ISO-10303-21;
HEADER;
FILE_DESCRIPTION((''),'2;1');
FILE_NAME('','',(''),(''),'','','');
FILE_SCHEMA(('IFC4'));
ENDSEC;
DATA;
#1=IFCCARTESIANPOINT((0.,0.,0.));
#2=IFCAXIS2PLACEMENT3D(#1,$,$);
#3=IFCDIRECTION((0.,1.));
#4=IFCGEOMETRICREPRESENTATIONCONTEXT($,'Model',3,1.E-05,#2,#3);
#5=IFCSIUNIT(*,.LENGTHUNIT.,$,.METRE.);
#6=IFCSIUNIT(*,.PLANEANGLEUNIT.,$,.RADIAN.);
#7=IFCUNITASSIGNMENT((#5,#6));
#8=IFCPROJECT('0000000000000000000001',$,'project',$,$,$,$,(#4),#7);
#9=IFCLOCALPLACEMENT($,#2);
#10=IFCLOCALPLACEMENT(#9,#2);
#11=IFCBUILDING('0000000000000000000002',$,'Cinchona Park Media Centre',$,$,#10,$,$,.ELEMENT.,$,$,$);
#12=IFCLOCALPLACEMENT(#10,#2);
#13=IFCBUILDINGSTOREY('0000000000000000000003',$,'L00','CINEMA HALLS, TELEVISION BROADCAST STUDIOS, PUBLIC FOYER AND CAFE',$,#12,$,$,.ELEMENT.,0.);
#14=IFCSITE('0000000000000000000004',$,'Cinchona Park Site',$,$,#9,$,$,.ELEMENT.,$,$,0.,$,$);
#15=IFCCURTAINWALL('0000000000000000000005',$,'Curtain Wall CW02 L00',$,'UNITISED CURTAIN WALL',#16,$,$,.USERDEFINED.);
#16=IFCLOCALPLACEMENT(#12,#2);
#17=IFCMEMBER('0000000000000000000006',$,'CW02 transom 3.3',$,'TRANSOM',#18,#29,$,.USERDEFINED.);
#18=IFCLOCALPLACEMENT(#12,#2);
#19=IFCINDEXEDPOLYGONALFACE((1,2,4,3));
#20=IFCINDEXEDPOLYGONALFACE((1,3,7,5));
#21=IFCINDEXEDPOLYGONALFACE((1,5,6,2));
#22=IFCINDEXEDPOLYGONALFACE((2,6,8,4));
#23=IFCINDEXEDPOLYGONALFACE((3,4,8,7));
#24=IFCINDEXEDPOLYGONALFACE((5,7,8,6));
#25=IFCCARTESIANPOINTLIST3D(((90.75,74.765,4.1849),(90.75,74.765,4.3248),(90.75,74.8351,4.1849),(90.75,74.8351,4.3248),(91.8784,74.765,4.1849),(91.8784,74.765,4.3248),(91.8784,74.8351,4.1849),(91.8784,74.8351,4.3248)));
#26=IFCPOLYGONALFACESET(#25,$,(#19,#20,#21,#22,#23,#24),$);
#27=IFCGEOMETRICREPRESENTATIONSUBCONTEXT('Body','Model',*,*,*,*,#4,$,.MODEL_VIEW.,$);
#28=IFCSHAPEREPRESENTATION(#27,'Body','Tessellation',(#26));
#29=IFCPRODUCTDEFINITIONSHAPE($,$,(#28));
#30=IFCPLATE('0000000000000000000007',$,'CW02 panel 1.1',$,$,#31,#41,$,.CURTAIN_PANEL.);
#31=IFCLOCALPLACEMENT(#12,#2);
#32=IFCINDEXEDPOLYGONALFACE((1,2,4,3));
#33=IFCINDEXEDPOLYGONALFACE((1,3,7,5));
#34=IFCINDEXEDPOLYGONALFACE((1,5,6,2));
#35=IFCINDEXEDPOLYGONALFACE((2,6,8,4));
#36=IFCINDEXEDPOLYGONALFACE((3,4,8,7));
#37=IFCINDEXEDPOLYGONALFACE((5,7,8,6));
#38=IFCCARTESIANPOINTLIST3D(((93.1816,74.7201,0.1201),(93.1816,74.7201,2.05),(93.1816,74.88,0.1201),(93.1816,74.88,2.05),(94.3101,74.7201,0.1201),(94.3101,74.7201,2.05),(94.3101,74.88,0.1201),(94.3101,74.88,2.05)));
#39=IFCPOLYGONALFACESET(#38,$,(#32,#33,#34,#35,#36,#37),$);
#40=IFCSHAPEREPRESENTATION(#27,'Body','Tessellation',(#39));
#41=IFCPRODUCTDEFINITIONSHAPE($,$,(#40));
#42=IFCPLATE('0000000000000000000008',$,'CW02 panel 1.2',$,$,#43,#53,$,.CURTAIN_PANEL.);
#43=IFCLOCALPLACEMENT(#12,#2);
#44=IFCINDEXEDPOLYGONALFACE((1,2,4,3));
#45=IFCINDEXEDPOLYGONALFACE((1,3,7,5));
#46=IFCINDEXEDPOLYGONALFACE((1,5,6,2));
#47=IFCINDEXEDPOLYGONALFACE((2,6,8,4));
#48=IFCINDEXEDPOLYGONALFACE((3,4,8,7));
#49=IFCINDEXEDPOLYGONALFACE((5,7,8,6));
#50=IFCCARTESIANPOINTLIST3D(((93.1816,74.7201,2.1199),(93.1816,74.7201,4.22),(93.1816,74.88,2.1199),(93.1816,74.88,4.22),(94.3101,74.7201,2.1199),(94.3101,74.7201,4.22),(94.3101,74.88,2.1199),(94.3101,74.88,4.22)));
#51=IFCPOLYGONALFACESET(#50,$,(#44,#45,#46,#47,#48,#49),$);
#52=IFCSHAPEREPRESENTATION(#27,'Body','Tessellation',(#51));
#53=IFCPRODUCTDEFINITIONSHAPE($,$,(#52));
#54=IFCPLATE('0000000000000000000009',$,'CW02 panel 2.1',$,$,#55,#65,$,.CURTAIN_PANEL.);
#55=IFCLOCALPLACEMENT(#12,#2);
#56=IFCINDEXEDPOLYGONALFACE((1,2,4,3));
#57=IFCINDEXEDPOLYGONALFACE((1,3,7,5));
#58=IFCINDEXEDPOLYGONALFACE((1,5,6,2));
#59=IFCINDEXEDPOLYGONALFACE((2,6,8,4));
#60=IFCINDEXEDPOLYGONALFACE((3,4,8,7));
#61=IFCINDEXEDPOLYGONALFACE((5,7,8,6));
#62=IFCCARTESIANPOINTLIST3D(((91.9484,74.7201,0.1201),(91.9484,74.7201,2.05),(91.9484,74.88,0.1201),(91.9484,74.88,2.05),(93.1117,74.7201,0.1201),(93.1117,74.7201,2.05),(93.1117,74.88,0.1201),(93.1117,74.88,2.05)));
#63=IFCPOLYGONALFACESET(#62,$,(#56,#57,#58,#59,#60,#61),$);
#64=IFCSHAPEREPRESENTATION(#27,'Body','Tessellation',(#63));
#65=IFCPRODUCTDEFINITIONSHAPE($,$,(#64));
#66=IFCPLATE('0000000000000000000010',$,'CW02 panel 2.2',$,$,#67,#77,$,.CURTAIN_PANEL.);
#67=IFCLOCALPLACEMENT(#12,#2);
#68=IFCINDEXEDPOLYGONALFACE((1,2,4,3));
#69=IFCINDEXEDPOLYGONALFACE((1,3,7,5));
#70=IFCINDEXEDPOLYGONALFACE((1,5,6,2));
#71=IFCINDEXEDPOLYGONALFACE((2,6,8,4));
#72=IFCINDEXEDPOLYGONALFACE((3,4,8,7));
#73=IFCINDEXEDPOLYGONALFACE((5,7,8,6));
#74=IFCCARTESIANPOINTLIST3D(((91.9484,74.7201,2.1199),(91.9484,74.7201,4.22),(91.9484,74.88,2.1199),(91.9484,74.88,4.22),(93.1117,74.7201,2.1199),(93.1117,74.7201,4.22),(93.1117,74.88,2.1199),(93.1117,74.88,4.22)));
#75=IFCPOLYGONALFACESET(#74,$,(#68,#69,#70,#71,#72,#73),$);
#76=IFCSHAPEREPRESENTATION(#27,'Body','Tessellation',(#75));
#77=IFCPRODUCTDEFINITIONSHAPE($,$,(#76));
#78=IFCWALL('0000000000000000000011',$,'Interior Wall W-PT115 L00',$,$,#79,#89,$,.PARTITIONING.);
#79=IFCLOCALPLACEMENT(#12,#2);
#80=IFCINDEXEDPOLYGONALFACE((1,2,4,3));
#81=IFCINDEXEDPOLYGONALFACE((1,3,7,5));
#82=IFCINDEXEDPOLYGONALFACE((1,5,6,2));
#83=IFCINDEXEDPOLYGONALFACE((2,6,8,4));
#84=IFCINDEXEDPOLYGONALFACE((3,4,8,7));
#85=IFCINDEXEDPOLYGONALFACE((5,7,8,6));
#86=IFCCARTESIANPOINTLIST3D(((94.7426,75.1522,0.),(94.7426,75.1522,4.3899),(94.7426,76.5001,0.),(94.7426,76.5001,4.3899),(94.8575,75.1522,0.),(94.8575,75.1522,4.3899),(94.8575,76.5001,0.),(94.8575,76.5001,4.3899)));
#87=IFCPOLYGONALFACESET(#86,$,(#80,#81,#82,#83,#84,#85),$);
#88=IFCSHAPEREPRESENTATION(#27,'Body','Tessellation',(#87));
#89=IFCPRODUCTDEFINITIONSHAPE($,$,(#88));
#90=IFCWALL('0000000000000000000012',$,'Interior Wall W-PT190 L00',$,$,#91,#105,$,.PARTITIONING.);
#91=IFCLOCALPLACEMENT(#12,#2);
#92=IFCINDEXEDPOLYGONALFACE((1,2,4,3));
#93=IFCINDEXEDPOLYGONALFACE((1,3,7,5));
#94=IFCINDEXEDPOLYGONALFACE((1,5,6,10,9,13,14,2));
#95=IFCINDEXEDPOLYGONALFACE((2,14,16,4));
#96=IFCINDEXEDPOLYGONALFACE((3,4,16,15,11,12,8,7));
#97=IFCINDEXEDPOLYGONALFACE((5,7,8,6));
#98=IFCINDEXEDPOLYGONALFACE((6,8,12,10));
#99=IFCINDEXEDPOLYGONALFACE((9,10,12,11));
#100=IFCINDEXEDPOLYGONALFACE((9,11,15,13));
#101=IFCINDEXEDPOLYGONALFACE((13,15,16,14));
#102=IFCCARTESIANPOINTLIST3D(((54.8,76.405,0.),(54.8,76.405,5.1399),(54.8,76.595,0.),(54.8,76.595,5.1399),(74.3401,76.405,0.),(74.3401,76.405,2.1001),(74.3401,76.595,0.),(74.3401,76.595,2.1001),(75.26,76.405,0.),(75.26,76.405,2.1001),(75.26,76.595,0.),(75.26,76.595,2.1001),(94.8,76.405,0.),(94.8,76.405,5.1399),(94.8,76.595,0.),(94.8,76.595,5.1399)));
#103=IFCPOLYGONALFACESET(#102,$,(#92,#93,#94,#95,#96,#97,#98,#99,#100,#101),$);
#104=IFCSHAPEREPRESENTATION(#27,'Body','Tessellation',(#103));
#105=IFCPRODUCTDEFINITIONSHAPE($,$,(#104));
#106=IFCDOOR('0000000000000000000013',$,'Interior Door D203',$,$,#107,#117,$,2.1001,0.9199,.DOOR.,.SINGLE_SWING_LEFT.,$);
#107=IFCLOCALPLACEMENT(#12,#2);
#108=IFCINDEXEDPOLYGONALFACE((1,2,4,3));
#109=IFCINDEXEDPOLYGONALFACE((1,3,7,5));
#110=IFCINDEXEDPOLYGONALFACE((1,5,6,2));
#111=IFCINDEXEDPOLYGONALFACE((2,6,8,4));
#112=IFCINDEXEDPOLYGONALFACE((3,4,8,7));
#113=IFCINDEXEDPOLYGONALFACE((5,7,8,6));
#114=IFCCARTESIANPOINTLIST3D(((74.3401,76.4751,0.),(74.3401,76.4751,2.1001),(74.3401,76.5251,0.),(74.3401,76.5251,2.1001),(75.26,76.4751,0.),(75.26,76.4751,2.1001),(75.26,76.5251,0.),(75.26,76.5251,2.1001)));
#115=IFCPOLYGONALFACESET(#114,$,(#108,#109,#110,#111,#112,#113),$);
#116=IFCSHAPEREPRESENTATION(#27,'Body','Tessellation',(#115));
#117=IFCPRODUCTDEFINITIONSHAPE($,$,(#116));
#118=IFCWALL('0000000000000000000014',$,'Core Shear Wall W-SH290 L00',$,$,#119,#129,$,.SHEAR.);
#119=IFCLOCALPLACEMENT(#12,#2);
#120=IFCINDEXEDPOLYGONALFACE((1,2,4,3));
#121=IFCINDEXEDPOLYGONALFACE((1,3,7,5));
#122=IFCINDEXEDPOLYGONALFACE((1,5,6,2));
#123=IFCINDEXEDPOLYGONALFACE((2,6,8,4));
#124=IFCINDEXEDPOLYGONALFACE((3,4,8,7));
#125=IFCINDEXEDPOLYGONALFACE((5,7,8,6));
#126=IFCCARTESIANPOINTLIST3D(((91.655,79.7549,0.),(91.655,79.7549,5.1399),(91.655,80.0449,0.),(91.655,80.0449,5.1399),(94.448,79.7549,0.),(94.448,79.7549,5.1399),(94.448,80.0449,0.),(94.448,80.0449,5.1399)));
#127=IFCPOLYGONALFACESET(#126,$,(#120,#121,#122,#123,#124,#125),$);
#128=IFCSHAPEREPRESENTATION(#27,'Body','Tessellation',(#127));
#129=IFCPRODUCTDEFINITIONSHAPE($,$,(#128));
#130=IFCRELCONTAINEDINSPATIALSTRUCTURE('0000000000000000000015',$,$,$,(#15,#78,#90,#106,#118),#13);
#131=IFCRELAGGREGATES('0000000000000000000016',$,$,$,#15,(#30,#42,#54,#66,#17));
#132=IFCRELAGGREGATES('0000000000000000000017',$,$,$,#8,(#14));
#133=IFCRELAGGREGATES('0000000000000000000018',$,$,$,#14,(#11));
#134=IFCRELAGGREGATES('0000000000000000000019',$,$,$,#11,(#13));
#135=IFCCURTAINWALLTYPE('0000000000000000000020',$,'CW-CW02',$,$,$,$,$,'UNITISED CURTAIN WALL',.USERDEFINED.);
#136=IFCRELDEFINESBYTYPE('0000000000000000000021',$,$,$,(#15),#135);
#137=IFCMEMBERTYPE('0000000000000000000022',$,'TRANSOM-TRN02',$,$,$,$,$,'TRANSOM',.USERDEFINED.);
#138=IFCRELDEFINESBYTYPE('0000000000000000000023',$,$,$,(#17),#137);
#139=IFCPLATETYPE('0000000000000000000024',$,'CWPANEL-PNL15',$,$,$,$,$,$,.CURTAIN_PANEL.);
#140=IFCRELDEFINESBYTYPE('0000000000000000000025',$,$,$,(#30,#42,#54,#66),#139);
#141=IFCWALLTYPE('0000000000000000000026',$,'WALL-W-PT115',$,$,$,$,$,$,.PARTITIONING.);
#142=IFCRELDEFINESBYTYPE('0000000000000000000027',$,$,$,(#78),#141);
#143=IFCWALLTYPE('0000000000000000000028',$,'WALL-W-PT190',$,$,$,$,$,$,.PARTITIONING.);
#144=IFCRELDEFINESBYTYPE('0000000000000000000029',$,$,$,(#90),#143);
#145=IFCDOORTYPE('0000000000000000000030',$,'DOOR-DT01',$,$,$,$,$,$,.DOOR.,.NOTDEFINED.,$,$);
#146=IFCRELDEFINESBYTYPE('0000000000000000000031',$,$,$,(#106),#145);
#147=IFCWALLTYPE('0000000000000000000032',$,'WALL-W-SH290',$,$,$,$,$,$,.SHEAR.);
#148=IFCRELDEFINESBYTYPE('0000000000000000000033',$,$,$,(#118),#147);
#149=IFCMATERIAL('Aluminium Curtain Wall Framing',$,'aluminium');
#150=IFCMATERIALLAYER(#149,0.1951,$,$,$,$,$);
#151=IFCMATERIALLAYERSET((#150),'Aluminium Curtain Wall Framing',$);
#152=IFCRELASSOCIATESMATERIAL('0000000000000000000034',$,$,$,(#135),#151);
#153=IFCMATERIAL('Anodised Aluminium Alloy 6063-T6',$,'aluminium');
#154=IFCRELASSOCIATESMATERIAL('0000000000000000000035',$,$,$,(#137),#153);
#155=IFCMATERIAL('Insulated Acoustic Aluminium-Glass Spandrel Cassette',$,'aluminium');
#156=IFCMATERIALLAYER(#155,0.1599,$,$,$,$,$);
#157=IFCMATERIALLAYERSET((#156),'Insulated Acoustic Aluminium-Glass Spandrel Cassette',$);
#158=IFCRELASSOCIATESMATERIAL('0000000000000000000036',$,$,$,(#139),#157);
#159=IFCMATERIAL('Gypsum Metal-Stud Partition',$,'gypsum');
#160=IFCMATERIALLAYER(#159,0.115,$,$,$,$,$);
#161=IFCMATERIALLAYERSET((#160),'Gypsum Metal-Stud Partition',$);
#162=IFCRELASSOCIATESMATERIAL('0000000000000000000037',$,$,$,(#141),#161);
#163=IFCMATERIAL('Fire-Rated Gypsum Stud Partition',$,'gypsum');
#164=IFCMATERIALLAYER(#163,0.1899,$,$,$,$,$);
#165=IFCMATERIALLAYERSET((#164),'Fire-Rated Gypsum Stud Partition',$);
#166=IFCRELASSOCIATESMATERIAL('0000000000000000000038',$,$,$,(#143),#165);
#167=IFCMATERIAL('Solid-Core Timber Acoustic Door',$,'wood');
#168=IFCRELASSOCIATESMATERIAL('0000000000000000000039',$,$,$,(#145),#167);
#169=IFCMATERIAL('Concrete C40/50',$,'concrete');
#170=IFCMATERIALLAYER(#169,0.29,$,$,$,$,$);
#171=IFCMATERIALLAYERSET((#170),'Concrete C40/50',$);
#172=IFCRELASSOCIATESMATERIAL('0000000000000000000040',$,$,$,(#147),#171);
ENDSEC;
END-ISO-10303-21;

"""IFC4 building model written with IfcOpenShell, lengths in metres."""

from ifc_helpers import new_model, si_unit, direction, frame, frame_2d, origin, origin_2d, place, context, subcontext, project, spatial, rectangle, extrude, material, layer, layer_set, material_profile, profile_set, type_object, element, fill, aggregate, save


model = new_model("IFC4")

# Units and contexts
model_context = context("Model", 3, precision=1e-05, world=origin(), true_north=direction((0.0, 1.0)))
body_context = subcontext(model_context, "Body", "Model", "MODEL_VIEW")
ifc_project = project(units=[si_unit("LENGTHUNIT", "METRE"), si_unit("PLANEANGLEUNIT", "RADIAN")], contexts=[model_context])

# Site, building, storey
site_placement = place(None, origin())
site = spatial("IfcSite", under=ifc_project, at=site_placement, Name="Cinchona Park Site", CompositionType="ELEMENT", RefElevation=0.0)
building_placement = place(site_placement, origin())
building = spatial("IfcBuilding", under=site, at=building_placement, Name="Cinchona Park Media Centre", CompositionType="ELEMENT")
storey_placement = place(building_placement, origin())
storey = spatial("IfcBuildingStorey", under=building, at=storey_placement, Name="L00", Description="CINEMA HALLS, TELEVISION BROADCAST STUDIOS, PUBLIC FOYER AND CAFE", CompositionType="ELEMENT", Elevation=0.0)

# Curtain wall, member, plates
ifc_material_1 = material(Name="Aluminium Curtain Wall Framing", Category="aluminium")
ifc_layer_1 = layer(ifc_material_1, 0.1951)
ifc_layer_set_1 = layer_set([ifc_layer_1], Name="Aluminium Curtain Wall Framing")
curtain_wall_type = type_object("IfcCurtainWallType", Name="CW-CW02", ElementType="UNITISED CURTAIN WALL", PredefinedType="USERDEFINED", material=ifc_layer_set_1)
curtain_wall_placement = place(storey_placement, origin())
curtain_wall = element("IfcCurtainWall", 1, at=curtain_wall_placement, inside=storey, type_object=curtain_wall_type, Name="Curtain Wall CW02 L00", ObjectType="UNITISED CURTAIN WALL", PredefinedType="USERDEFINED")
ifc_material_2 = material(Name="Anodised Aluminium Alloy 6063-T6", Category="aluminium")
ifc_material_profile_1 = material_profile(ifc_material_2, rectangle(XDim=0.0701, YDim=0.1399, at=origin_2d()), Name="TRN-70X140")
ifc_profile_set_1 = profile_set([ifc_material_profile_1], Name="Anodised Aluminium Alloy 6063-T6")
member_type_1 = type_object("IfcMemberType", Name="TRANSOM-TRN02", ElementType="TRANSOM", PredefinedType="USERDEFINED", material=ifc_profile_set_1)
member_1_placement = place(storey_placement, frame((91.8784, 74.8, 4.2549), z_axis=(-1.0, 0.0, 0.0), x_axis=(0.0, -1.0, 0.0)))
member_1 = element("IfcMember", 2, at=member_1_placement, type_object=member_type_1, Name="CW02 transom 3.3", ObjectType="TRANSOM", PredefinedType="USERDEFINED", context=body_context, shape_type="SweptSolid", body=[
    extrude(rectangle(XDim=0.0701, YDim=0.1399, at=origin_2d()), origin(), (0.0, 0.0, 1.0), 1.1284),
])
ifc_material_3 = material(Name="Insulated Acoustic Aluminium-Glass Spandrel Cassette", Category="aluminium")
ifc_layer_2 = layer(ifc_material_3, 0.1599)
ifc_layer_set_2 = layer_set([ifc_layer_2], Name="Insulated Acoustic Aluminium-Glass Spandrel Cassette")
plate_type = type_object("IfcPlateType", Name="CWPANEL-PNL15", PredefinedType="CURTAIN_PANEL", material=ifc_layer_set_2)
plate_1_placement = place(storey_placement, frame((93.7458, 74.8, 0.1201), z_axis=(0.0, 0.0, 1.0), x_axis=(-1.0, 0.0, 0.0)))
plate_1 = element("IfcPlate", 3, at=plate_1_placement, type_object=plate_type, Name="CW02 panel 1.1", PredefinedType="CURTAIN_PANEL", context=body_context, shape_type="SweptSolid", body=[
    extrude(rectangle(XDim=1.1284, YDim=0.1599, at=origin_2d()), origin(), (0.0, 0.0, 1.0), 1.9299),
])
plate_2_placement = place(storey_placement, frame((93.7458, 74.8, 2.1199), z_axis=(0.0, 0.0, 1.0), x_axis=(-1.0, 0.0, 0.0)))
plate_2 = element("IfcPlate", 4, at=plate_2_placement, type_object=plate_type, Name="CW02 panel 1.2", PredefinedType="CURTAIN_PANEL", context=body_context, shape_type="SweptSolid", body=[
    extrude(rectangle(XDim=1.1284, YDim=0.1599, at=origin_2d()), origin(), (0.0, 0.0, 1.0), 2.1001),
])
plate_3_placement = place(storey_placement, frame((92.53, 74.8, 0.1201), z_axis=(0.0, 0.0, 1.0), x_axis=(-1.0, 0.0, 0.0)))
plate_3 = element("IfcPlate", 5, at=plate_3_placement, type_object=plate_type, Name="CW02 panel 2.1", PredefinedType="CURTAIN_PANEL", context=body_context, shape_type="SweptSolid", body=[
    extrude(rectangle(XDim=1.1633, YDim=0.1599, at=origin_2d()), origin(), (0.0, 0.0, 1.0), 1.9299),
])
plate_4_placement = place(storey_placement, frame((92.53, 74.8, 2.1199), z_axis=(0.0, 0.0, 1.0), x_axis=(-1.0, 0.0, 0.0)))
plate_4 = element("IfcPlate", 6, at=plate_4_placement, type_object=plate_type, Name="CW02 panel 2.2", PredefinedType="CURTAIN_PANEL", context=body_context, shape_type="SweptSolid", body=[
    extrude(rectangle(XDim=1.1633, YDim=0.1599, at=origin_2d()), origin(), (0.0, 0.0, 1.0), 2.1001),
])
aggregate(curtain_wall, [plate_1, plate_2, plate_3, plate_4, member_1])

# Wall
ifc_material_4 = material(Name="Gypsum Metal-Stud Partition", Category="gypsum")
ifc_layer_3 = layer(ifc_material_4, 0.115)
ifc_layer_set_3 = layer_set([ifc_layer_3], Name="Gypsum Metal-Stud Partition")
wall_type_1 = type_object("IfcWallType", Name="WALL-W-PT115", PredefinedType="PARTITIONING", material=ifc_layer_set_3)
wall_1_placement = place(storey_placement, frame((94.8, 76.5, 0.0), z_axis=(0.0, 0.0, 1.0), x_axis=(0.0, -1.0, 0.0)))
element("IfcWall", 7, at=wall_1_placement, inside=storey, type_object=wall_type_1, Name="Interior Wall W-PT115 L00", PredefinedType="PARTITIONING", context=body_context, shape_type="SweptSolid", body=[
    extrude(rectangle(XDim=1.3479, YDim=0.115, at=frame_2d((0.6738, 0.0))), origin(), (0.0, 0.0, 1.0), 4.3899),
])

# Wall, opening, door
ifc_material_5 = material(Name="Fire-Rated Gypsum Stud Partition", Category="gypsum")
ifc_layer_4 = layer(ifc_material_5, 0.1899)
ifc_layer_set_4 = layer_set([ifc_layer_4], Name="Fire-Rated Gypsum Stud Partition")
wall_type_2 = type_object("IfcWallType", Name="WALL-W-PT190", PredefinedType="PARTITIONING", material=ifc_layer_set_4)
wall_2_placement = place(storey_placement, frame((94.8, 76.5, 0.0), z_axis=(0.0, 0.0, 1.0), x_axis=(-1.0, 0.0, 0.0)))
wall_2 = element("IfcWall", 8, at=wall_2_placement, inside=storey, type_object=wall_type_2, Name="Interior Wall W-PT190 L00", PredefinedType="PARTITIONING", context=body_context, shape_type="SweptSolid", body=[
    extrude(rectangle(XDim=40.0, YDim=0.1899, at=frame_2d((20.0, 0.0))), origin(), (0.0, 0.0, 1.0), 5.1399),
])
opening_placement = place(wall_2_placement, frame((19.54, 0.0, 0.0)))
opening = element("IfcOpeningElement", 9, at=opening_placement, cuts=wall_2, PredefinedType="OPENING", context=body_context, shape_type="SweptSolid", body=[
    extrude(rectangle(XDim=0.9199, YDim=2.1001, at=frame_2d((0.46, 1.05))), frame((0.0, 0.105, 0.0), z_axis=(0.0, -1.0, 0.0), x_axis=(1.0, 0.0, 0.0)), (0.0, 0.0, 1.0), 0.21),
])
ifc_material_6 = material(Name="Solid-Core Timber Acoustic Door", Category="wood")
door_type = type_object("IfcDoorType", Name="DOOR-DT01", OperationType="NOTDEFINED", PredefinedType="DOOR", material=ifc_material_6)
door_placement = place(opening_placement, origin())
door = element("IfcDoor", 10, at=door_placement, inside=storey, type_object=door_type, Name="Interior Door D203", OperationType="SINGLE_SWING_LEFT", OverallHeight=2.1001, OverallWidth=0.9199, PredefinedType="DOOR", context=body_context, shape_type="SweptSolid", body=[
    extrude(rectangle(XDim=0.9199, YDim=2.1001, at=frame_2d((0.46, 1.05))), frame((0.0, 0.0249, 0.0), z_axis=(0.0, -1.0, 0.0), x_axis=(1.0, 0.0, 0.0)), (0.0, 0.0, 1.0), 0.05),
])
fill(opening, door)

# Wall
ifc_material_7 = material(Name="Concrete C40/50", Category="concrete")
ifc_layer_5 = layer(ifc_material_7, 0.29)
ifc_layer_set_5 = layer_set([ifc_layer_5], Name="Concrete C40/50")
wall_type_3 = type_object("IfcWallType", Name="WALL-W-SH290", PredefinedType="SHEAR", material=ifc_layer_set_5)
wall_3_placement = place(storey_placement, frame((91.655, 79.8999, 0.0), z_axis=(0.0, 0.0, 1.0), x_axis=(1.0, 0.0, 0.0)))
element("IfcWall", 11, at=wall_3_placement, inside=storey, type_object=wall_type_3, Name="Core Shear Wall W-SH290 L00", PredefinedType="SHEAR", context=body_context, shape_type="SweptSolid", body=[
    extrude(rectangle(XDim=2.793, YDim=0.29, at=frame_2d((1.3965, 0.0))), origin(), (0.0, 0.0, 1.0), 5.1399),
])

save(model, "model.ifc")
